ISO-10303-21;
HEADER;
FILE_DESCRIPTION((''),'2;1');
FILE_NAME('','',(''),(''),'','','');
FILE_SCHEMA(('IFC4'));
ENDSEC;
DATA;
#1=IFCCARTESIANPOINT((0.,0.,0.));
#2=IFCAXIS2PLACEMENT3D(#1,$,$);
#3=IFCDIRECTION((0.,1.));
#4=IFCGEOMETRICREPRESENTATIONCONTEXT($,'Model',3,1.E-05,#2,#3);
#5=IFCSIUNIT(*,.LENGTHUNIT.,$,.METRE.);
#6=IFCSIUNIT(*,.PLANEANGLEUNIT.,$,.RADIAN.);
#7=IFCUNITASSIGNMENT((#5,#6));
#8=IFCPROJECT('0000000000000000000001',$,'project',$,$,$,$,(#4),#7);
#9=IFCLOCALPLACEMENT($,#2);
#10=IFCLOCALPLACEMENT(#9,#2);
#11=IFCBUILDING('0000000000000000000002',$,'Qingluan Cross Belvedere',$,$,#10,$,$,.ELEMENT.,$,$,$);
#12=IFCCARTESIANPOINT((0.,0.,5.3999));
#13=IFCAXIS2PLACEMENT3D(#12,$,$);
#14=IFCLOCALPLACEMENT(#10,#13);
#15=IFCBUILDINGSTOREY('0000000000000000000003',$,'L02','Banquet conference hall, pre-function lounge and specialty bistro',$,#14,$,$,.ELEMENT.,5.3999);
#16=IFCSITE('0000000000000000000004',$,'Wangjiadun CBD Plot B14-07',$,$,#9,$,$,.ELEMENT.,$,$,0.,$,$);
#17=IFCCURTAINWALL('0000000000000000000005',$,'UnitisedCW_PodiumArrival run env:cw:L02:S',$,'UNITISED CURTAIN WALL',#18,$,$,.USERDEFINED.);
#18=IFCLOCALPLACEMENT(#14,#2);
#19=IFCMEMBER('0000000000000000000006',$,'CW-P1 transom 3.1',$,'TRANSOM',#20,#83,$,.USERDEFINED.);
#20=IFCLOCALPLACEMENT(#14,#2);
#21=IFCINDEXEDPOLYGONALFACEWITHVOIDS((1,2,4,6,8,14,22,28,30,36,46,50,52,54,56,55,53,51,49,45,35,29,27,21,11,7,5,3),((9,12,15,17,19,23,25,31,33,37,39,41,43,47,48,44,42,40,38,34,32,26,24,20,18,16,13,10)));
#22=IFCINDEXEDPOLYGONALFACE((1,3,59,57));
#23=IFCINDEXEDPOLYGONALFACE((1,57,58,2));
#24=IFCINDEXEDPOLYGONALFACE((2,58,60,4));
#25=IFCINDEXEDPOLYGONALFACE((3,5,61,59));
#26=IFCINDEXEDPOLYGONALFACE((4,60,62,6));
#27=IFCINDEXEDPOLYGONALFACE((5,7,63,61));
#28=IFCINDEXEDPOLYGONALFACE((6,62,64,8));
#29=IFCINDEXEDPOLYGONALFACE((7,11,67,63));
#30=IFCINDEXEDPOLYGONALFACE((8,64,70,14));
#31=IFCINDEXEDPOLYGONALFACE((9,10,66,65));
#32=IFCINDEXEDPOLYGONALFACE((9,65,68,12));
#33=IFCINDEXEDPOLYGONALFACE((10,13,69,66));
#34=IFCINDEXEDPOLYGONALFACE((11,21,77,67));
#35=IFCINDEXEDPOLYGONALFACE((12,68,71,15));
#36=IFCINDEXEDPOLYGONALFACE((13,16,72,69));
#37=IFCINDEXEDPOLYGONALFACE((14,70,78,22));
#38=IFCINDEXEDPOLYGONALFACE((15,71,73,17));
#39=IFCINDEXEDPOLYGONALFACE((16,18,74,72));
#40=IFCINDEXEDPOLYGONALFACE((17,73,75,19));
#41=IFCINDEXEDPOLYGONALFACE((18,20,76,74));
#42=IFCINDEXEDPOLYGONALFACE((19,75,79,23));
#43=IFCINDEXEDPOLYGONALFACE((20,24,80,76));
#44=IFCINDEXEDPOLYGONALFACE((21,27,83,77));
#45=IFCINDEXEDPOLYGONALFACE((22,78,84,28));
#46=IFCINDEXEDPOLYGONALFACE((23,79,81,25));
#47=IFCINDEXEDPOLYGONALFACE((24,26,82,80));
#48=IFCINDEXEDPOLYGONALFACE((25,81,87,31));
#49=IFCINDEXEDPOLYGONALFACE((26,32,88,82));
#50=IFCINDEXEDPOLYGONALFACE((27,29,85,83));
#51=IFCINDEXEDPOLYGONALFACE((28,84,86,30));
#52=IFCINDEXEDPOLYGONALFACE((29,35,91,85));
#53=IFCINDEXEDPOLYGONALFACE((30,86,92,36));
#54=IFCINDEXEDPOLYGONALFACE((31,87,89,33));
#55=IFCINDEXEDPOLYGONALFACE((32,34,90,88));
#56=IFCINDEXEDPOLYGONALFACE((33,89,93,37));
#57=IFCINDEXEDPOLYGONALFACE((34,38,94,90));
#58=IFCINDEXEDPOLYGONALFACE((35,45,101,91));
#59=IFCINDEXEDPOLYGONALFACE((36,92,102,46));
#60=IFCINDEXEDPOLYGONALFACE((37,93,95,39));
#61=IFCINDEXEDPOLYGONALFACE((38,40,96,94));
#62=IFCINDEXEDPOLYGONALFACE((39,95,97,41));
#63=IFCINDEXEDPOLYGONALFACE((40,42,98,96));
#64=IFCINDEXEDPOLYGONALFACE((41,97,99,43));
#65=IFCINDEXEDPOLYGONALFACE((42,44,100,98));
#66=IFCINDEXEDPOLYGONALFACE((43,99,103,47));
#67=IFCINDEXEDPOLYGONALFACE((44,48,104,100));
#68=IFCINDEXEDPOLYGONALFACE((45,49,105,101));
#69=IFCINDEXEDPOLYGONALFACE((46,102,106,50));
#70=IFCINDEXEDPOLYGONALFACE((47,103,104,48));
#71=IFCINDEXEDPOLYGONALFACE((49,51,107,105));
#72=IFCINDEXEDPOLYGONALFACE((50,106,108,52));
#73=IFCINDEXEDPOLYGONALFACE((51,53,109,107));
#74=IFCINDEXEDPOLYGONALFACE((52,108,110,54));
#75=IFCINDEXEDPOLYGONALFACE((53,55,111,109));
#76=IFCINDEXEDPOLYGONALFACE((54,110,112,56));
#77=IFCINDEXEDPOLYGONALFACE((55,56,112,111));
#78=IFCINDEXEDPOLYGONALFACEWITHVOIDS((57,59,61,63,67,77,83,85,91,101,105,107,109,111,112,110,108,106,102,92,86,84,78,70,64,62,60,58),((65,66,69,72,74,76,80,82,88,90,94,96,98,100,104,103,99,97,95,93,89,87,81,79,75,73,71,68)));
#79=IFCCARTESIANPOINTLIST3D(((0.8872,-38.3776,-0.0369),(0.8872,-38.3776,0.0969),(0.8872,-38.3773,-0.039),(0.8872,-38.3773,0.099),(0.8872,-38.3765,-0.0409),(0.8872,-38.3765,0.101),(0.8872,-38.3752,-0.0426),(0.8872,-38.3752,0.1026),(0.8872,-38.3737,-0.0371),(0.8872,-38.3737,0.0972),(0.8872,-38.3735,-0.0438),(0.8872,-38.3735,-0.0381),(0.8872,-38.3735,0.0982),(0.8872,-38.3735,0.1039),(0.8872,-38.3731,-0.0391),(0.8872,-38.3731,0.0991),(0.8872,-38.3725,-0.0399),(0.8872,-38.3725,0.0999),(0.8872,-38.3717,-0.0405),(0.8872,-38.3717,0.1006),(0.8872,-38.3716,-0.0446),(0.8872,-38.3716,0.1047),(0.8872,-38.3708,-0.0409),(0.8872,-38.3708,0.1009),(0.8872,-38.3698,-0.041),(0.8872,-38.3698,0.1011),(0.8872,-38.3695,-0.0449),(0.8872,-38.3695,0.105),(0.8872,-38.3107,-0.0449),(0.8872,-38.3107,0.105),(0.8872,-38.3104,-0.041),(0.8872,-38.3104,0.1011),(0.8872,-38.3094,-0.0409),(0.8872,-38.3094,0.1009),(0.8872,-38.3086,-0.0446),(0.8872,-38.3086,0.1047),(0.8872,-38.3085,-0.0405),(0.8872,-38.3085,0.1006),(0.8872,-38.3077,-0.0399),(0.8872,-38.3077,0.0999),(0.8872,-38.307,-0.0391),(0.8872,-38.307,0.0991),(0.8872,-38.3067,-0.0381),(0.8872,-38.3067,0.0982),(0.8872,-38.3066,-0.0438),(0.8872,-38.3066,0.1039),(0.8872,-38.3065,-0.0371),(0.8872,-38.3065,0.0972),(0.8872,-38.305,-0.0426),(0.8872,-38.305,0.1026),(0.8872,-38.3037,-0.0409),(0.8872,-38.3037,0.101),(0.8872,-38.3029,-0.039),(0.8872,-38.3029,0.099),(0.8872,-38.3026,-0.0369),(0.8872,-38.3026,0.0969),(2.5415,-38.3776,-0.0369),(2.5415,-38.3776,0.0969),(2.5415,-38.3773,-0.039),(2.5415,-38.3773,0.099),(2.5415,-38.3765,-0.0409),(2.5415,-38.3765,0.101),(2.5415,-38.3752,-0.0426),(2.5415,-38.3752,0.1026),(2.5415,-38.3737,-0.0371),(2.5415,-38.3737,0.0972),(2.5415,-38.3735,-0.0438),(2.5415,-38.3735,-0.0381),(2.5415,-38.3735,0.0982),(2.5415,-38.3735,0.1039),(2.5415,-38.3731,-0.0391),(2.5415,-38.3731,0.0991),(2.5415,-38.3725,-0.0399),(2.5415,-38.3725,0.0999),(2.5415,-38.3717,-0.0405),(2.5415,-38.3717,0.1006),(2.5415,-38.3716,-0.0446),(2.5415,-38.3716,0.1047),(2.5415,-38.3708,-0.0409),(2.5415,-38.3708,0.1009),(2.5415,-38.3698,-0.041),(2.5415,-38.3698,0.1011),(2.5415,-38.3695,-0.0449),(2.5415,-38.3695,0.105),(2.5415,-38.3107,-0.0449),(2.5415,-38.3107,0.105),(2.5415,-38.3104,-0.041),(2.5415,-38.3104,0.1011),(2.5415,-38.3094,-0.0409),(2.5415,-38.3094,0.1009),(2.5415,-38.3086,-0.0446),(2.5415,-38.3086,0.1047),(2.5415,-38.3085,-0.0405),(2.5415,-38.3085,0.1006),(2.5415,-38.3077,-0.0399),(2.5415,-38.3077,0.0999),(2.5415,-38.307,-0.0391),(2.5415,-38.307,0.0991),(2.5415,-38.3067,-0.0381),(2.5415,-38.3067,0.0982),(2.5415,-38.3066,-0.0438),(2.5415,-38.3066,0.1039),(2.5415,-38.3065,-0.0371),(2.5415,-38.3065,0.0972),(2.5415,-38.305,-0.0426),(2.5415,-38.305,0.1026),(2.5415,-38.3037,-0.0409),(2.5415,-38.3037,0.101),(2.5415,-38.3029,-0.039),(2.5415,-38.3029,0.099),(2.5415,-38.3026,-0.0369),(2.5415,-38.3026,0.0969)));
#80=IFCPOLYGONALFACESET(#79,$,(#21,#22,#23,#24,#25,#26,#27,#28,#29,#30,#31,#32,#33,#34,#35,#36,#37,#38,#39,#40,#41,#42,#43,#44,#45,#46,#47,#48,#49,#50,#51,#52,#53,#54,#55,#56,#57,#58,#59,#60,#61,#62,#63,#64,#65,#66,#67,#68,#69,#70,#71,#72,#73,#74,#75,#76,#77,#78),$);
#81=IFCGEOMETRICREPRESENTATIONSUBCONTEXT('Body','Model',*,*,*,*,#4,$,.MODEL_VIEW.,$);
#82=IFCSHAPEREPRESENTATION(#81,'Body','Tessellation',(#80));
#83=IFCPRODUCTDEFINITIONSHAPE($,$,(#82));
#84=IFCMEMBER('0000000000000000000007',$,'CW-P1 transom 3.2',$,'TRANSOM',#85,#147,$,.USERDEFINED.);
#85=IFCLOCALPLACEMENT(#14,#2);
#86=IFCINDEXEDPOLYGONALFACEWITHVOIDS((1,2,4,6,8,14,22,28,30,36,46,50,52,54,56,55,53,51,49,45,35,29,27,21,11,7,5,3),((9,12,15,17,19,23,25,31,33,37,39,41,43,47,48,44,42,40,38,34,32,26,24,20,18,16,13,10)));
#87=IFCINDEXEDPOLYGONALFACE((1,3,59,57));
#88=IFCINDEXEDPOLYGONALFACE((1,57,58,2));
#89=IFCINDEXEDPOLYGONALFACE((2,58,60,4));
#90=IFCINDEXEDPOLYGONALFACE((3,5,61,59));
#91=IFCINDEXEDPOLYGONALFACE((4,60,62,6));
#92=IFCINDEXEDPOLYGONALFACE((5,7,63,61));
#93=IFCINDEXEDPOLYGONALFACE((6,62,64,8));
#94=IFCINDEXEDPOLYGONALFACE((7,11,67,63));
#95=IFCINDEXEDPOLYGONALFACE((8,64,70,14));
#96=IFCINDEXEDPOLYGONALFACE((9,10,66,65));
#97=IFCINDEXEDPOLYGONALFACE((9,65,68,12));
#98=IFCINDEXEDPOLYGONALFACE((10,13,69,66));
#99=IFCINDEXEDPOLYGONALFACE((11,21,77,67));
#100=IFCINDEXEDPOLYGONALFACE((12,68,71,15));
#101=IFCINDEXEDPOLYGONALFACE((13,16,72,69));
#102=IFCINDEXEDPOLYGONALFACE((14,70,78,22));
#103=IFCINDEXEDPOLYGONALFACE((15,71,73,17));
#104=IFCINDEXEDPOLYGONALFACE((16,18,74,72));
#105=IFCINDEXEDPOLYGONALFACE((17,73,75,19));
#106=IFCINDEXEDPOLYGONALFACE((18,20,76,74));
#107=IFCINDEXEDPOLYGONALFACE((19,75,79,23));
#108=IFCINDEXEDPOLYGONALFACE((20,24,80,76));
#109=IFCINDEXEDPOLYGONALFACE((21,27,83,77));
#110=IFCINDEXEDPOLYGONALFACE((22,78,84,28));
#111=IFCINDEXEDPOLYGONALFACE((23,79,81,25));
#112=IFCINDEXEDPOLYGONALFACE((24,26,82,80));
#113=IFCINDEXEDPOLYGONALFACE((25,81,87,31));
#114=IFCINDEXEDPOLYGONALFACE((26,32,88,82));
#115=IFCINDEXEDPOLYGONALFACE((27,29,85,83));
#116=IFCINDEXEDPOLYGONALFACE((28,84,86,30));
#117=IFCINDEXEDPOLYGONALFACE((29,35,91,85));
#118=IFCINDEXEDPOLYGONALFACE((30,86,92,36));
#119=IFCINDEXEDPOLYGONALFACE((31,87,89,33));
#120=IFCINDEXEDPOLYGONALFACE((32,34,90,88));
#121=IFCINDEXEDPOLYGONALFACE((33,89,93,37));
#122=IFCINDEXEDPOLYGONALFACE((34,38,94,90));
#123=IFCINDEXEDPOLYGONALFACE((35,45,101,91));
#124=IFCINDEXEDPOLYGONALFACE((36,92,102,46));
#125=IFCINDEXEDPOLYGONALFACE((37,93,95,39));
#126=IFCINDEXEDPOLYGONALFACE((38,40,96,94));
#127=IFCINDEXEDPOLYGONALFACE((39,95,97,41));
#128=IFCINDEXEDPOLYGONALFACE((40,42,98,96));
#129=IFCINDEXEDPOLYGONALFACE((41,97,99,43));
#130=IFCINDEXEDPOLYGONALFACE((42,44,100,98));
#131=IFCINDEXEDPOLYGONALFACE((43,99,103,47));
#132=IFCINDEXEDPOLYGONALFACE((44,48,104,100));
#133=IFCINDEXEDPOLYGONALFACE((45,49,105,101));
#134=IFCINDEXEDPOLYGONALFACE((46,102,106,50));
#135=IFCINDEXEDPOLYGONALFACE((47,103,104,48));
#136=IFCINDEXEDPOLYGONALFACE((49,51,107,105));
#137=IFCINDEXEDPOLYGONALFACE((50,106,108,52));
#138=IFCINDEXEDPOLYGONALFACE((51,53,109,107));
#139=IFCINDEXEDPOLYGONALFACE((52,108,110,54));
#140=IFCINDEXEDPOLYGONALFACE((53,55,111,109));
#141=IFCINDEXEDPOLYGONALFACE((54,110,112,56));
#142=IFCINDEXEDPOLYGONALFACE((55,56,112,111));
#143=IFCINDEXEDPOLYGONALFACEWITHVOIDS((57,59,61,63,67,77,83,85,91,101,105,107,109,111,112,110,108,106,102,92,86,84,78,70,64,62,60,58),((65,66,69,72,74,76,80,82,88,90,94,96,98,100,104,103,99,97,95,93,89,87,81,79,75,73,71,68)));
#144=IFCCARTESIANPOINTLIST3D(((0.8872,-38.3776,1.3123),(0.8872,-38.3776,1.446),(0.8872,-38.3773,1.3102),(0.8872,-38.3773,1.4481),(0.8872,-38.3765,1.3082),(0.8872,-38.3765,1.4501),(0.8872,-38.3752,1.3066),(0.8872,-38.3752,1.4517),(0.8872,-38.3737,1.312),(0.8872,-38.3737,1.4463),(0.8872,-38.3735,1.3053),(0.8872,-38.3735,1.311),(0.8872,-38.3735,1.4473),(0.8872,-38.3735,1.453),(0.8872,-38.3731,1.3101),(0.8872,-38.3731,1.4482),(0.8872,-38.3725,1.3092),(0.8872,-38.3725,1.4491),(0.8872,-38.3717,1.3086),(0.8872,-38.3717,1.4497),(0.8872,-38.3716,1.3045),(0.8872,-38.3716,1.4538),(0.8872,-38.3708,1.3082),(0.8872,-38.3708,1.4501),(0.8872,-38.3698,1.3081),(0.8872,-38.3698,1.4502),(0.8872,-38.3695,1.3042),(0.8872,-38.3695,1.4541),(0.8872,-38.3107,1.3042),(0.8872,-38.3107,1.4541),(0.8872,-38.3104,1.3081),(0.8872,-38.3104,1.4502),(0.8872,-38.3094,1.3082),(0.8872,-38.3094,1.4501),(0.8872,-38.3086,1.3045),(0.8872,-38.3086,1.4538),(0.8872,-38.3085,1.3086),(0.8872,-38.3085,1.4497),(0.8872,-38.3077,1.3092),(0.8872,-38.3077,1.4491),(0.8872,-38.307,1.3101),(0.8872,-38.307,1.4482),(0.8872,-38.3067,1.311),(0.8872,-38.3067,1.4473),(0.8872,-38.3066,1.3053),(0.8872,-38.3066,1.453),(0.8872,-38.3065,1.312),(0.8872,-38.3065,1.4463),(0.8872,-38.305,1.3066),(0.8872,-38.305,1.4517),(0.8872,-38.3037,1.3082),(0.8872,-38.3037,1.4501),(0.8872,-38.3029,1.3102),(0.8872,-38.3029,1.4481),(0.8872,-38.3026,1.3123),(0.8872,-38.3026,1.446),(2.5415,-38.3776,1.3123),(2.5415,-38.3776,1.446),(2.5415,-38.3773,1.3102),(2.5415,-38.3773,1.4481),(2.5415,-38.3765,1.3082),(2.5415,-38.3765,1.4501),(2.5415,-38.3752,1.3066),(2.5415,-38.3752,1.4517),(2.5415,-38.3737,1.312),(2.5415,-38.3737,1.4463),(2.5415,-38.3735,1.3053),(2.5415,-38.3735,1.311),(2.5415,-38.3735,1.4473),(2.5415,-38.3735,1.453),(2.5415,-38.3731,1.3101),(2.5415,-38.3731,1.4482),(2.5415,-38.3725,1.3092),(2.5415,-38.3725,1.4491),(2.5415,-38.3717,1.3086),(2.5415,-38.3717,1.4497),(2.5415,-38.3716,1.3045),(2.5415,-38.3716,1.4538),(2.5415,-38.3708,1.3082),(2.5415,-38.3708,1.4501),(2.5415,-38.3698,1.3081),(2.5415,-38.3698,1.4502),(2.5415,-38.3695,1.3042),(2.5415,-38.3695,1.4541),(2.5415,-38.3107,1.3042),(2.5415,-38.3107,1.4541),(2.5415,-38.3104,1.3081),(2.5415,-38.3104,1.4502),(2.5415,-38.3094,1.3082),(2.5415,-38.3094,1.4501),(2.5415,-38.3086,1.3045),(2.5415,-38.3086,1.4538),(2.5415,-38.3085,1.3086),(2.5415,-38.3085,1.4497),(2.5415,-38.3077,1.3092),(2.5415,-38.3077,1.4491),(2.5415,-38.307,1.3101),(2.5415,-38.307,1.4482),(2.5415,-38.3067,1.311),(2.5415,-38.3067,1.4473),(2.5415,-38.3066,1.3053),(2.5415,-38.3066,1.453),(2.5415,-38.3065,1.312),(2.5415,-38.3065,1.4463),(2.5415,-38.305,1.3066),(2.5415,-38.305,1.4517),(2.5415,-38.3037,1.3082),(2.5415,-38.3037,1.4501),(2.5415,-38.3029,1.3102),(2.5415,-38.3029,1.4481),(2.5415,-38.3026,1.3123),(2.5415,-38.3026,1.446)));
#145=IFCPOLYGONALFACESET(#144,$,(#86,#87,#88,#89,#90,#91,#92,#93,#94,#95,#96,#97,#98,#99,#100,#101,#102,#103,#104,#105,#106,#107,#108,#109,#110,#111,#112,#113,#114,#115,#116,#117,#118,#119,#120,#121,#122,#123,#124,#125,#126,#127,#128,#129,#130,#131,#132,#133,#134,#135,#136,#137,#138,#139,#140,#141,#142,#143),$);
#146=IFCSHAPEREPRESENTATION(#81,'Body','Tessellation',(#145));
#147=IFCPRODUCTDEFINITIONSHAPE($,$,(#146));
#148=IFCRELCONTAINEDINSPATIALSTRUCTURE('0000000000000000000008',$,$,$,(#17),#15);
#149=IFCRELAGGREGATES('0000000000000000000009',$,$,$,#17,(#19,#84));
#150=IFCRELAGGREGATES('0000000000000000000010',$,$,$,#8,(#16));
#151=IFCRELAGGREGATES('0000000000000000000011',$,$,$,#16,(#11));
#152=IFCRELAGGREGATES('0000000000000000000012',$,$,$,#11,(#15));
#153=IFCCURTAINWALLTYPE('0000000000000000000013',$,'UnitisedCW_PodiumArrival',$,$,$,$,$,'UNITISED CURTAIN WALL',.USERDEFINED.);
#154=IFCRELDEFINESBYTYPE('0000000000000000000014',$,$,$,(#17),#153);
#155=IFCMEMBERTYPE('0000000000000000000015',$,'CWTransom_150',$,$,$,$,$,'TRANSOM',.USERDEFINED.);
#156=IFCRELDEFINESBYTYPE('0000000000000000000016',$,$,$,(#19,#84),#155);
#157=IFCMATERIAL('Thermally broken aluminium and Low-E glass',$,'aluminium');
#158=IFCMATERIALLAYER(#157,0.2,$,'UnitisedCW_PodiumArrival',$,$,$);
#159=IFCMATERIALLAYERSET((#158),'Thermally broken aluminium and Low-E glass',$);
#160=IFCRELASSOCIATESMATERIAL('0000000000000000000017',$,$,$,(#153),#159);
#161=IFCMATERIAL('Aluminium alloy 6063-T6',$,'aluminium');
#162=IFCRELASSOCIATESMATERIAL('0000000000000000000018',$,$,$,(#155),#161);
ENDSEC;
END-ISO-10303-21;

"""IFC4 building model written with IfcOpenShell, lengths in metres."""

from ifc_helpers import new_model, si_unit, direction, frame, origin, origin_2d, place, context, subcontext, project, spatial, hollow_rectangle, extrude, material, layer, layer_set, material_profile, profile_set, type_object, element, aggregate, save


model = new_model("IFC4")

# Units and contexts
model_context = context("Model", 3, precision=1e-05, world=origin(), true_north=direction((0.0, 1.0)))
body_context = subcontext(model_context, "Body", "Model", "MODEL_VIEW")
ifc_project = project(units=[si_unit("LENGTHUNIT", "METRE"), si_unit("PLANEANGLEUNIT", "RADIAN")], contexts=[model_context])

# Site, building, storey
site_placement = place(None, origin())
site = spatial("IfcSite", under=ifc_project, at=site_placement, Name="Wangjiadun CBD Plot B14-07", CompositionType="ELEMENT", RefElevation=0.0)
building_placement = place(site_placement, origin())
building = spatial("IfcBuilding", under=site, at=building_placement, Name="Qingluan Cross Belvedere", CompositionType="ELEMENT")
storey_placement = place(building_placement, frame((0.0, 0.0, 5.3999)))
storey = spatial("IfcBuildingStorey", under=building, at=storey_placement, Name="L02", Description="Banquet conference hall, pre-function lounge and specialty bistro", CompositionType="ELEMENT", Elevation=5.3999)

# Curtain wall, members
ifc_material_1 = material(Name="Thermally broken aluminium and Low-E glass", Category="aluminium")
ifc_layer_1 = layer(ifc_material_1, 0.2, Name="UnitisedCW_PodiumArrival")
ifc_layer_set_1 = layer_set([ifc_layer_1], Name="Thermally broken aluminium and Low-E glass")
curtain_wall_type = type_object("IfcCurtainWallType", Name="UnitisedCW_PodiumArrival", ElementType="UNITISED CURTAIN WALL", PredefinedType="USERDEFINED", material=ifc_layer_set_1)
curtain_wall_placement = place(storey_placement, origin())
curtain_wall = element("IfcCurtainWall", 1, at=curtain_wall_placement, inside=storey, type_object=curtain_wall_type, Name="UnitisedCW_PodiumArrival run env:cw:L02:S", ObjectType="UNITISED CURTAIN WALL", PredefinedType="USERDEFINED")
ifc_material_2 = material(Name="Aluminium alloy 6063-T6", Category="aluminium")
ifc_material_profile_1 = material_profile(ifc_material_2, hollow_rectangle(XDim=0.075, YDim=0.1499, WallThickness=0.0039, InnerFilletRadius=0.0039, OuterFilletRadius=0.0081, at=origin_2d()), Name="CWT150x75x4")
ifc_profile_set_1 = profile_set([ifc_material_profile_1], Name="Aluminium alloy 6063-T6")
member_type_1 = type_object("IfcMemberType", Name="CWTransom_150", ElementType="TRANSOM", PredefinedType="USERDEFINED", material=ifc_profile_set_1)
member_1_placement = place(storey_placement, frame((2.5415, -38.3401, 0.03), z_axis=(-1.0, 0.0, 0.0), x_axis=(0.0, -1.0, 0.0)))
member_1 = element("IfcMember", 2, at=member_1_placement, type_object=member_type_1, Name="CW-P1 transom 3.1", ObjectType="TRANSOM", PredefinedType="USERDEFINED", context=body_context, shape_type="SweptSolid", body=[
    extrude(hollow_rectangle(XDim=0.075, YDim=0.1499, WallThickness=0.0039, InnerFilletRadius=0.0039, OuterFilletRadius=0.0081, at=origin_2d()), origin(), (0.0, 0.0, 1.0), 1.6543),
])
member_2_placement = place(storey_placement, frame((2.5415, -38.3401, 1.3792), z_axis=(-1.0, 0.0, 0.0), x_axis=(0.0, -1.0, 0.0)))
member_2 = element("IfcMember", 3, at=member_2_placement, type_object=member_type_1, Name="CW-P1 transom 3.2", ObjectType="TRANSOM", PredefinedType="USERDEFINED", context=body_context, shape_type="SweptSolid", body=[
    extrude(hollow_rectangle(XDim=0.075, YDim=0.1499, WallThickness=0.0039, InnerFilletRadius=0.0039, OuterFilletRadius=0.0081, at=origin_2d()), origin(), (0.0, 0.0, 1.0), 1.6543),
])
aggregate(curtain_wall, [member_1, member_2])

save(model, "model.ifc")
